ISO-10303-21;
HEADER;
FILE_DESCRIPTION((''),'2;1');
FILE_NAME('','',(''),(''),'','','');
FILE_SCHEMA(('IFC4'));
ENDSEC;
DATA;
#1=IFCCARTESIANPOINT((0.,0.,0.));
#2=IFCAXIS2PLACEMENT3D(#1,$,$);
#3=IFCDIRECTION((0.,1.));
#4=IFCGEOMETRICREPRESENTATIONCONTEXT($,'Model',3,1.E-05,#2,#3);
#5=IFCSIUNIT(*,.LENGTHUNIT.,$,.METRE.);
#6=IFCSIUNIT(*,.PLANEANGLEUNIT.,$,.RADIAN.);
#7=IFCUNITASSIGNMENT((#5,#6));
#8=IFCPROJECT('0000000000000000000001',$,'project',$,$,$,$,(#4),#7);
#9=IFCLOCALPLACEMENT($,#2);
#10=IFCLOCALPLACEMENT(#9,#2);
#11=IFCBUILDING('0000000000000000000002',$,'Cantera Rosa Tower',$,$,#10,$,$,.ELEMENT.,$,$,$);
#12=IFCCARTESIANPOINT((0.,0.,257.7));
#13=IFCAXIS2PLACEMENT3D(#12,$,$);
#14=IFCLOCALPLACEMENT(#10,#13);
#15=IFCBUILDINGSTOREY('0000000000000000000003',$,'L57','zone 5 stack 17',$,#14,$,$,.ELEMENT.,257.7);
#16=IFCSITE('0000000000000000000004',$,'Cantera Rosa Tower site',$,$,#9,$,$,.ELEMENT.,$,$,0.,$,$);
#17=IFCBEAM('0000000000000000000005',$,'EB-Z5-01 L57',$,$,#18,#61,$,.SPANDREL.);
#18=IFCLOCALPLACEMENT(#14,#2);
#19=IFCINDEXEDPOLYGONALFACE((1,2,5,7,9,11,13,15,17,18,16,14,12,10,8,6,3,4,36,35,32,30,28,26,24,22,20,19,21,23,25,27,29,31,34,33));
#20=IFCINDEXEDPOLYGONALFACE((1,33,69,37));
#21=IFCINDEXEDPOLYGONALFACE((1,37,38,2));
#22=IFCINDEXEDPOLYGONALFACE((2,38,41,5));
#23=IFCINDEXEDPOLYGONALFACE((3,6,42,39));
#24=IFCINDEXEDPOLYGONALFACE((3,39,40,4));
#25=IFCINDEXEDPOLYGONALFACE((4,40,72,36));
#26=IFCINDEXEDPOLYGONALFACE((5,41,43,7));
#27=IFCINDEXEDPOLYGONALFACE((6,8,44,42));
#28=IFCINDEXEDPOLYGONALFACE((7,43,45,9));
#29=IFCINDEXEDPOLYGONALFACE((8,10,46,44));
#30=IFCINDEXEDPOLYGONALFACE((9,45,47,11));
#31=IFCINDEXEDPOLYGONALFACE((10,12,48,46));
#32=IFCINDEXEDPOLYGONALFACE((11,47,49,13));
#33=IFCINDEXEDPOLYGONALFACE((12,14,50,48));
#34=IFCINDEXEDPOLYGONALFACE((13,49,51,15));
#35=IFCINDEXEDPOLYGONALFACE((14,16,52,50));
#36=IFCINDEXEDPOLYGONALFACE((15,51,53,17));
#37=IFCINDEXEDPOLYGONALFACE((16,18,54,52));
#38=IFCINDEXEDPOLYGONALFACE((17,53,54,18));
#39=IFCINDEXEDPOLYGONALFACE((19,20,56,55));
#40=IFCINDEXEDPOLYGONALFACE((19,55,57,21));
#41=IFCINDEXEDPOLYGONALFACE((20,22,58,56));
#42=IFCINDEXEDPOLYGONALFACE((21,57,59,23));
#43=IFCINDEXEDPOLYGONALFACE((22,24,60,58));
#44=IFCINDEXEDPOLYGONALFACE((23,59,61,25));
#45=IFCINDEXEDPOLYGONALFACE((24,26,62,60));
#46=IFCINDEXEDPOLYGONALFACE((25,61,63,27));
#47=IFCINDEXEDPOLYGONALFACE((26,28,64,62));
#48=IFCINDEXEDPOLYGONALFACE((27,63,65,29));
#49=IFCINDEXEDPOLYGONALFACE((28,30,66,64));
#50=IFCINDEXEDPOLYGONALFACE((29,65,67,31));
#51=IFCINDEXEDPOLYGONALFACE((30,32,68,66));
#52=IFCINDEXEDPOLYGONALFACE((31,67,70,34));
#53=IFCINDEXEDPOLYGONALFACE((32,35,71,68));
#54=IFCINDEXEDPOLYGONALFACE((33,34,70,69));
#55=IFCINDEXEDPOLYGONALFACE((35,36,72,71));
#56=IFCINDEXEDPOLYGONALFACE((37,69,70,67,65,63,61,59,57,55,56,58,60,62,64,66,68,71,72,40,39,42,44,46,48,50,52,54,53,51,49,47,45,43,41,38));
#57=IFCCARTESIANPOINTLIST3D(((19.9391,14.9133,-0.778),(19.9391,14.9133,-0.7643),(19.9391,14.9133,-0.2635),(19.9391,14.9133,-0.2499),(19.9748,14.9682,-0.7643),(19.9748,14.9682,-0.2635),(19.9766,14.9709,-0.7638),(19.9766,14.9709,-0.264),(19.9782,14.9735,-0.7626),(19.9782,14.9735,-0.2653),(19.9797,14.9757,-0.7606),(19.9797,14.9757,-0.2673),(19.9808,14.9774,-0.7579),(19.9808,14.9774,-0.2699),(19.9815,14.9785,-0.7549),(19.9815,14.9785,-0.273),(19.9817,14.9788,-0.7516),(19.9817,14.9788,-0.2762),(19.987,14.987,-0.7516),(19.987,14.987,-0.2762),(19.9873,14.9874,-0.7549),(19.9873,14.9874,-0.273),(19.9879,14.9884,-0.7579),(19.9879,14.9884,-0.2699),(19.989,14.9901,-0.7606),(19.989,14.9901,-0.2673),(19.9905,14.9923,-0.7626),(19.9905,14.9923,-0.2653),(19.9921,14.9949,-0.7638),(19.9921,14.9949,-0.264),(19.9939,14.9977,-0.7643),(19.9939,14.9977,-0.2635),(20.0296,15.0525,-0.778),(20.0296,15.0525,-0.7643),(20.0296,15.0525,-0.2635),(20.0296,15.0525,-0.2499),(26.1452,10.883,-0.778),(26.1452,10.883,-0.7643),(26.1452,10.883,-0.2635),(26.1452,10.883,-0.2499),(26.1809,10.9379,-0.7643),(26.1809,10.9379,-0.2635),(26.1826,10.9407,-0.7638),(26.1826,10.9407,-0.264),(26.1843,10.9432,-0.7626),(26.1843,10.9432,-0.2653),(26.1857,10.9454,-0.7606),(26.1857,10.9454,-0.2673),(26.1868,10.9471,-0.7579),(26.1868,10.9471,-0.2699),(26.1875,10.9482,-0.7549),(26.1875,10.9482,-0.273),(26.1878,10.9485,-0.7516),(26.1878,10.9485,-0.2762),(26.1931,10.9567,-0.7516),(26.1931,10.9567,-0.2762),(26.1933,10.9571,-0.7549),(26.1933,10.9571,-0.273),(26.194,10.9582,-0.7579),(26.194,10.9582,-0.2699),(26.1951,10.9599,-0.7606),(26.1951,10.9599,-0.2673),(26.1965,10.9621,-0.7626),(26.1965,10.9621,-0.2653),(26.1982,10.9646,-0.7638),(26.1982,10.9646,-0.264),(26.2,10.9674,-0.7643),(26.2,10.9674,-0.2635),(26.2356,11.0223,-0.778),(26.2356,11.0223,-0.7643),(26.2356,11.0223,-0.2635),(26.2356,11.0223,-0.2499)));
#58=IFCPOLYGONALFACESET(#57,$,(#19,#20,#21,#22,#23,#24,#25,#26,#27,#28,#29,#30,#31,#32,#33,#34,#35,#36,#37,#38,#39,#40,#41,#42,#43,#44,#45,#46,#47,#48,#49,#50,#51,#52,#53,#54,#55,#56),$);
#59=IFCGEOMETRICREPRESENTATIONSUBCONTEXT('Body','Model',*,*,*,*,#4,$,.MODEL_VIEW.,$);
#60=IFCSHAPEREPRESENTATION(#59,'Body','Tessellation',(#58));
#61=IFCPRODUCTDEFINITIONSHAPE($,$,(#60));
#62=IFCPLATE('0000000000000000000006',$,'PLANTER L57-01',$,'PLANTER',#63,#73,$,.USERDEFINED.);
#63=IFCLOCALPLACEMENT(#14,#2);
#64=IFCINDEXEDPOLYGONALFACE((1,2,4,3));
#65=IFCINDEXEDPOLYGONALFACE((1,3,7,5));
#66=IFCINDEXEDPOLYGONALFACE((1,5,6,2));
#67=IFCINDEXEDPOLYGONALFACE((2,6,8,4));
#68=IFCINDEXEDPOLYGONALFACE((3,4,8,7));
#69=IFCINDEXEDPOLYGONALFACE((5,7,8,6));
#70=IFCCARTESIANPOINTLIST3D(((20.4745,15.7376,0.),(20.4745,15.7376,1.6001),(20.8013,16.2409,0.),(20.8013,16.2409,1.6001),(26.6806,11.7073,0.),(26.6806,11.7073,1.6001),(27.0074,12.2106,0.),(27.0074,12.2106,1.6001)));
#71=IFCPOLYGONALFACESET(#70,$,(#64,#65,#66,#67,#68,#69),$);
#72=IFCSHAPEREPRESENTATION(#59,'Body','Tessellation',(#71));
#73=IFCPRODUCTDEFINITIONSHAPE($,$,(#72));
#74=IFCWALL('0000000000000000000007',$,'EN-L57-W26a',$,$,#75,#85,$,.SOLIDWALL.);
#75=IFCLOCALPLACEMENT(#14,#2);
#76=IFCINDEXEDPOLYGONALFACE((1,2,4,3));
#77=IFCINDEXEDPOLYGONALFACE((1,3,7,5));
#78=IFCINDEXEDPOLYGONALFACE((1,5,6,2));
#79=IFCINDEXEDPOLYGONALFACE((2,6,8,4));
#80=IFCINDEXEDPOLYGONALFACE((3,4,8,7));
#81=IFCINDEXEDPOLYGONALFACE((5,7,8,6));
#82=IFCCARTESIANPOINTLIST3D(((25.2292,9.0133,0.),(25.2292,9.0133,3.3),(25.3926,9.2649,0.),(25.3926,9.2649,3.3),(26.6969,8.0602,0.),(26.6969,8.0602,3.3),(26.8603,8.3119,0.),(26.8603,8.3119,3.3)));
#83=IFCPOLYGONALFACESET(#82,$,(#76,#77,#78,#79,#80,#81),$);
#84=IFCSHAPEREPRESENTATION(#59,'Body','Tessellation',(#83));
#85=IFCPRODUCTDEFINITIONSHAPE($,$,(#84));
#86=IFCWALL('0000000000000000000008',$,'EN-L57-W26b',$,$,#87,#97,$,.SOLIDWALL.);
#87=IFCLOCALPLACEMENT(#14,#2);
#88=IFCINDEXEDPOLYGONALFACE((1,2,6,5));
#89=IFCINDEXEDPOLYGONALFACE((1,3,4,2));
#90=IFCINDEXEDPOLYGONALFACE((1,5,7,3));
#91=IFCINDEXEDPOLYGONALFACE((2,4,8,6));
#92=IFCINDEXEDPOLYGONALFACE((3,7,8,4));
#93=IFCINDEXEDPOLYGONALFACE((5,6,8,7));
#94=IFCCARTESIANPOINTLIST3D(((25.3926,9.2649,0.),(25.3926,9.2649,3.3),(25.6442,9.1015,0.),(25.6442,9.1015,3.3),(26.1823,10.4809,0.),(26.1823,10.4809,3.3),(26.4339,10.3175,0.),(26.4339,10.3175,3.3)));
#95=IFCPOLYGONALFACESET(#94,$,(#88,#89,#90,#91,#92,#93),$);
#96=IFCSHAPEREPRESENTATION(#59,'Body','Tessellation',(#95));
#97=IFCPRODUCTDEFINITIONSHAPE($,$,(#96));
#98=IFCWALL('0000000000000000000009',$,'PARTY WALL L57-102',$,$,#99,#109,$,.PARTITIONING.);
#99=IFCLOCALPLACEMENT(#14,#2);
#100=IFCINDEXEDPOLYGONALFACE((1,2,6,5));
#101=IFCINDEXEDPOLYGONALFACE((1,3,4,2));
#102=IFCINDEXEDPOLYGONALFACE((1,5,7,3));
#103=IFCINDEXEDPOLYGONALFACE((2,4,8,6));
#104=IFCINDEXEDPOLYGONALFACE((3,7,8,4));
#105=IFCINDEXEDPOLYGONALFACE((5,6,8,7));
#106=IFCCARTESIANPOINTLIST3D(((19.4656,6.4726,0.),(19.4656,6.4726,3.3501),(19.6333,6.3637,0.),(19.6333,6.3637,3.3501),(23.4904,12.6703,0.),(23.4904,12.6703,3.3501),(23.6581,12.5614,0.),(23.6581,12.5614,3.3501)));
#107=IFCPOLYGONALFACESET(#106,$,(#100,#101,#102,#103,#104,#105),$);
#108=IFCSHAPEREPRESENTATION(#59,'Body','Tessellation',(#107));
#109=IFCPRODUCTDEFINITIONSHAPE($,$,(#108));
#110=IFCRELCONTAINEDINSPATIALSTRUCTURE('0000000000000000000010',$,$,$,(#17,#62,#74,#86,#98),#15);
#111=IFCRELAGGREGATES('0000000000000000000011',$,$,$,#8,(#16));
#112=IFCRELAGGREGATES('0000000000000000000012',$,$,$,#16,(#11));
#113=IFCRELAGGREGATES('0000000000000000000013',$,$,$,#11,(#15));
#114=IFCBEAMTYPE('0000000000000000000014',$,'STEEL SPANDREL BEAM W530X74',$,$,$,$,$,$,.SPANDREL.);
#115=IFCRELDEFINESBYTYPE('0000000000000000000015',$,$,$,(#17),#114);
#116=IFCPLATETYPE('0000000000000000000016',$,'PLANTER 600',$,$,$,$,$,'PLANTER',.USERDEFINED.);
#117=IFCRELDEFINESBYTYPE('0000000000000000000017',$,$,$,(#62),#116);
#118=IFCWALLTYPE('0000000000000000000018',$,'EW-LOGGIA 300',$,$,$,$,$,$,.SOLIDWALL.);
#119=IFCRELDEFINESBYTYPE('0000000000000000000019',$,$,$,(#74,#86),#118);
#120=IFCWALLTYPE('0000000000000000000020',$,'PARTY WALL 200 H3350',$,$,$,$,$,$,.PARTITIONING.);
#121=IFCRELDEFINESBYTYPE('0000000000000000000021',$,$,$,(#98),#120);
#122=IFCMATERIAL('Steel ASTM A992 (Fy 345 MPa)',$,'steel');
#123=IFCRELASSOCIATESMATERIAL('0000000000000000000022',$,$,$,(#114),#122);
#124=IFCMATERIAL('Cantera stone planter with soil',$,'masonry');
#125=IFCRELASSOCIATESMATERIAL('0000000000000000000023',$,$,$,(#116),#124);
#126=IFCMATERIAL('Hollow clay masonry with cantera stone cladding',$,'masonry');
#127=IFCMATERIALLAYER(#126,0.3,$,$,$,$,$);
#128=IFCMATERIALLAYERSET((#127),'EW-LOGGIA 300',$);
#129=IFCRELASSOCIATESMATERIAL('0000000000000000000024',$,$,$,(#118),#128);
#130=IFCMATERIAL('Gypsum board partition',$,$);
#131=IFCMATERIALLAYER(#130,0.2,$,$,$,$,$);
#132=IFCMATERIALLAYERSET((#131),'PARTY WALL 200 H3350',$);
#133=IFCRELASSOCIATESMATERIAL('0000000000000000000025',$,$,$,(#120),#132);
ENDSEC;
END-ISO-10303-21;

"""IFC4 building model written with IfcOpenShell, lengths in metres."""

from ifc_helpers import new_model, si_unit, direction, frame, frame_2d, origin, origin_2d, place, context, subcontext, project, spatial, rectangle, i_section, extrude, material, layer, layer_set, material_profile, profile_set, type_object, element, save


model = new_model("IFC4")

# Units and contexts
model_context = context("Model", 3, precision=1e-05, world=origin(), true_north=direction((0.0, 1.0)))
body_context = subcontext(model_context, "Body", "Model", "MODEL_VIEW")
ifc_project = project(units=[si_unit("LENGTHUNIT", "METRE"), si_unit("PLANEANGLEUNIT", "RADIAN")], contexts=[model_context])

# Site, building, storey
site_placement = place(None, origin())
site = spatial("IfcSite", under=ifc_project, at=site_placement, Name="Cantera Rosa Tower site", CompositionType="ELEMENT", RefElevation=0.0)
building_placement = place(site_placement, origin())
building = spatial("IfcBuilding", under=site, at=building_placement, Name="Cantera Rosa Tower", CompositionType="ELEMENT")
storey_placement = place(building_placement, frame((0.0, 0.0, 257.7)))
storey = spatial("IfcBuildingStorey", under=building, at=storey_placement, Name="L57", Description="zone 5 stack 17", CompositionType="ELEMENT", Elevation=257.7)

# Beam
ifc_material_1 = material(Name="Steel ASTM A992 (Fy 345 MPa)", Category="steel")
ifc_material_profile_1 = material_profile(ifc_material_1, i_section(OverallWidth=0.166, OverallDepth=0.5281, WebThickness=0.0098, FlangeThickness=0.0137, FilletRadius=0.0127, at=origin_2d()), Name="W530X74")
ifc_profile_set_1 = profile_set([ifc_material_profile_1], Name="Steel ASTM A992 (Fy 345 MPa)")
beam_type_1 = type_object("IfcBeamType", Name="STEEL SPANDREL BEAM W530X74", PredefinedType="SPANDREL", material=ifc_profile_set_1)
beam_1_placement = place(storey_placement, frame((26.1904, 10.9526, -0.5139), z_axis=(-0.83867, 0.54464, 0.0), x_axis=(-0.54464, -0.83867, 0.0)))
element("IfcBeam", 1, at=beam_1_placement, inside=storey, type_object=beam_type_1, Name="EB-Z5-01 L57", PredefinedType="SPANDREL", context=body_context, shape_type="SweptSolid", body=[
    extrude(i_section(OverallWidth=0.166, OverallDepth=0.5281, WebThickness=0.0098, FlangeThickness=0.0137, FilletRadius=0.0127, at=origin_2d()), origin(), (0.0, 0.0, 1.0), 7.3999),
])

# Plate
ifc_material_2 = material(Name="Cantera stone planter with soil", Category="masonry")
plate_type = type_object("IfcPlateType", Name="PLANTER 600", ElementType="PLANTER", PredefinedType="USERDEFINED", material=ifc_material_2)
plate_placement = place(storey_placement, frame((23.741, 13.9741, 0.0), z_axis=(0.0, 0.0, 1.0), x_axis=(-0.838671, 0.544639, 0.0)))
element("IfcPlate", 2, at=plate_placement, inside=storey, type_object=plate_type, Name="PLANTER L57-01", ObjectType="PLANTER", PredefinedType="USERDEFINED", context=body_context, shape_type="SweptSolid", body=[
    extrude(rectangle(XDim=7.3999, YDim=0.6001, at=origin_2d()), origin(), (0.0, 0.0, 1.0), 1.6001),
])

# Walls
ifc_material_3 = material(Name="Hollow clay masonry with cantera stone cladding", Category="masonry")
ifc_layer_1 = layer(ifc_material_3, 0.3)
ifc_layer_set_1 = layer_set([ifc_layer_1], Name="EW-LOGGIA 300")
wall_type_1 = type_object("IfcWallType", Name="EW-LOGGIA 300", PredefinedType="SOLIDWALL", material=ifc_layer_set_1)
wall_1_placement = place(storey_placement, frame((26.7786, 8.186, 0.0), z_axis=(0.0, 0.0, 1.0), x_axis=(-0.838686, 0.544616, 0.0)))
element("IfcWall", 3, at=wall_1_placement, inside=storey, type_object=wall_type_1, Name="EN-L57-W26a", PredefinedType="SOLIDWALL", context=body_context, shape_type="SweptSolid", body=[
    extrude(rectangle(XDim=1.75, YDim=0.3, at=frame_2d((0.875, 0.0))), origin(), (0.0, 0.0, 1.0), 3.3),
])
wall_2_placement = place(storey_placement, frame((25.5183, 9.1831, 0.0), z_axis=(0.0, 0.0, 1.0), x_axis=(0.544675, 0.838647, 0.0)))
element("IfcWall", 4, at=wall_2_placement, inside=storey, type_object=wall_type_1, Name="EN-L57-W26b", PredefinedType="SOLIDWALL", context=body_context, shape_type="SweptSolid", body=[
    extrude(rectangle(XDim=1.45, YDim=0.3, at=frame_2d((0.7251, 0.0))), origin(), (0.0, 0.0, 1.0), 3.3),
])

# Wall
ifc_material_4 = material(Name="Gypsum board partition")
ifc_layer_2 = layer(ifc_material_4, 0.2)
ifc_layer_set_2 = layer_set([ifc_layer_2], Name="PARTY WALL 200 H3350")
wall_type_2 = type_object("IfcWallType", Name="PARTY WALL 200 H3350", PredefinedType="PARTITIONING", material=ifc_layer_set_2)
wall_3_placement = place(storey_placement, frame((23.5742, 12.6157, 0.0), z_axis=(0.0, 0.0, 1.0), x_axis=(-0.544642, -0.838668, 0.0)))
element("IfcWall", 5, at=wall_3_placement, inside=storey, type_object=wall_type_2, Name="PARTY WALL L57-102", PredefinedType="PARTITIONING", context=body_context, shape_type="SweptSolid", body=[
    extrude(rectangle(XDim=7.3899, YDim=0.2, at=frame_2d((3.6948, 0.0))), origin(), (0.0, 0.0, 1.0), 3.3501),
])

save(model, "model.ifc")
